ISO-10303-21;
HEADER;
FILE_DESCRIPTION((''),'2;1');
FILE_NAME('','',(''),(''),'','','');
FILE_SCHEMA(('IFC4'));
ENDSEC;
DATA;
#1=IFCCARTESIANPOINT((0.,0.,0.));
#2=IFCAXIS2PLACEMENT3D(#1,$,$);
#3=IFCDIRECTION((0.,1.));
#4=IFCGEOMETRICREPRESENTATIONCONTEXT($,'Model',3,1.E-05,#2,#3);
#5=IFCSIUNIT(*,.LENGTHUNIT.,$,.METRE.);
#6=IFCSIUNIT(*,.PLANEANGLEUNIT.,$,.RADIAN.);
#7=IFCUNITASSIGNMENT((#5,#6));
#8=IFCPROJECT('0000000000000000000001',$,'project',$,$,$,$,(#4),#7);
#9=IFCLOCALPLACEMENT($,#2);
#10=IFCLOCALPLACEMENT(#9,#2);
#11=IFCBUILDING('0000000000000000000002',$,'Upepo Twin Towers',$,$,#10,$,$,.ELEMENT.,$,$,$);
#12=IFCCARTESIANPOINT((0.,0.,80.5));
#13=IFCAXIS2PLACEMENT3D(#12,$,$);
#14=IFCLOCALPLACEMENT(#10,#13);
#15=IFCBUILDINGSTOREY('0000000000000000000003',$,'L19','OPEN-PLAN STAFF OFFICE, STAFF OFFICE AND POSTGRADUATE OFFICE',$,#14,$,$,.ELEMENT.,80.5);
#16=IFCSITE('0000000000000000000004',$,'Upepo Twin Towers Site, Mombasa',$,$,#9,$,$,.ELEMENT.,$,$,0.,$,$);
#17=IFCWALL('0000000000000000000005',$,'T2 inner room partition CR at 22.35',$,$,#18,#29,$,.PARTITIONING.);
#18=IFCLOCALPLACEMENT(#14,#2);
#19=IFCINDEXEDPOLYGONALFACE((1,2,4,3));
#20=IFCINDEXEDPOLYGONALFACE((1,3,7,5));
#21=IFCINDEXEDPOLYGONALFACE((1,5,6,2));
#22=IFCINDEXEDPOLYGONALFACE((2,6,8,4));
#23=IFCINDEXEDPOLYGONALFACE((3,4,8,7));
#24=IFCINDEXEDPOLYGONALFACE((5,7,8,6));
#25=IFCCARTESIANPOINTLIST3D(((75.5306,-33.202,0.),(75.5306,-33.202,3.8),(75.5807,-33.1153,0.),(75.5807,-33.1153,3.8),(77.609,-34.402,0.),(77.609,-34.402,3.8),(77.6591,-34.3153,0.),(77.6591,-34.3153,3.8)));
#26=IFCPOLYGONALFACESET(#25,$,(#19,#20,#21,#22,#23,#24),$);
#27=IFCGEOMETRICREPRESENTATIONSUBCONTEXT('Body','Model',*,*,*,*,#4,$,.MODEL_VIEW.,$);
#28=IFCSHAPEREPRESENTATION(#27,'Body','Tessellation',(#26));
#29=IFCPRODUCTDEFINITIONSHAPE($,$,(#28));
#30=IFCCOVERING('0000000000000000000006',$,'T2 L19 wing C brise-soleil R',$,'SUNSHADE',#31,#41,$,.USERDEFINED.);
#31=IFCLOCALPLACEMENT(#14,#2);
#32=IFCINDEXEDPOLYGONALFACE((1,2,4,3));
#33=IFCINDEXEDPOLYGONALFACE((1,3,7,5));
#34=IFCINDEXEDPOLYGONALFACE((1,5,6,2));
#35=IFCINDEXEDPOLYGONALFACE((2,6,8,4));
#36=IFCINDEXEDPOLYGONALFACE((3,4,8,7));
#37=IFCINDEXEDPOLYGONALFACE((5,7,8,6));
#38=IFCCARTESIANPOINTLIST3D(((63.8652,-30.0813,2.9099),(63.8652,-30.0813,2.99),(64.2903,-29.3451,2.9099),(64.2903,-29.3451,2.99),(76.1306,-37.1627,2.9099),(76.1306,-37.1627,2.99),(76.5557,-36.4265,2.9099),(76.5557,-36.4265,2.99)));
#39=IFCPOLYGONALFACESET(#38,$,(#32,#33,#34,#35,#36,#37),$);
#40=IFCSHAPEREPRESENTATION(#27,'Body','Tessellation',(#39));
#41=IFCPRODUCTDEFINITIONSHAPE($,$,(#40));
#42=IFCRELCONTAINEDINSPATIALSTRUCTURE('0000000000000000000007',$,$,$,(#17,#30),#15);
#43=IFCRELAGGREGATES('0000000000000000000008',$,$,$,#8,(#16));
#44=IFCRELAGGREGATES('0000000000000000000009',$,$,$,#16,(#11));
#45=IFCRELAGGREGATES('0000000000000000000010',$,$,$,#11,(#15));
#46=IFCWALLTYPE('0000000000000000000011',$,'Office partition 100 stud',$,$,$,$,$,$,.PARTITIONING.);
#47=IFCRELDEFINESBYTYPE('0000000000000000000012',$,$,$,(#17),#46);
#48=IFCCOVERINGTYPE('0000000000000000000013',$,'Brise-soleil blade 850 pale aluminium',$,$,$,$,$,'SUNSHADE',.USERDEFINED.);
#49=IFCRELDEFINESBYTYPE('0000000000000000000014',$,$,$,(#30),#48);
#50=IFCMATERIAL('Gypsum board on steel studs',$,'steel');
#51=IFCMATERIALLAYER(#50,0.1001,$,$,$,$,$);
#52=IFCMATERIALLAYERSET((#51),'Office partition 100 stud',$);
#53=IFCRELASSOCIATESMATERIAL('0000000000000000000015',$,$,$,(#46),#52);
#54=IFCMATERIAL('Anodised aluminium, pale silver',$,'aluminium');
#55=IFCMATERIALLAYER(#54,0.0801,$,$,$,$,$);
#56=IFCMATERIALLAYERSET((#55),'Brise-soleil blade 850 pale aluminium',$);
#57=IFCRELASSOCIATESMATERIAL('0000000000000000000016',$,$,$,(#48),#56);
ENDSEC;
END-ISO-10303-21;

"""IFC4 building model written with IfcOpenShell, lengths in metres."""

from ifc_helpers import new_model, si_unit, direction, frame, frame_2d, origin, origin_2d, place, context, subcontext, project, spatial, rectangle, extrude, material, layer, layer_set, type_object, element, save


model = new_model("IFC4")

# Units and contexts
model_context = context("Model", 3, precision=1e-05, world=origin(), true_north=direction((0.0, 1.0)))
body_context = subcontext(model_context, "Body", "Model", "MODEL_VIEW")
ifc_project = project(units=[si_unit("LENGTHUNIT", "METRE"), si_unit("PLANEANGLEUNIT", "RADIAN")], contexts=[model_context])

# Site, building, storey
site_placement = place(None, origin())
site = spatial("IfcSite", under=ifc_project, at=site_placement, Name="Upepo Twin Towers Site, Mombasa", CompositionType="ELEMENT", RefElevation=0.0)
building_placement = place(site_placement, origin())
building = spatial("IfcBuilding", under=site, at=building_placement, Name="Upepo Twin Towers", CompositionType="ELEMENT")
storey_placement = place(building_placement, frame((0.0, 0.0, 80.5)))
storey = spatial("IfcBuildingStorey", under=building, at=storey_placement, Name="L19", Description="OPEN-PLAN STAFF OFFICE, STAFF OFFICE AND POSTGRADUATE OFFICE", CompositionType="ELEMENT", Elevation=80.5)

# Wall
ifc_material_1 = material(Name="Gypsum board on steel studs", Category="steel")
ifc_layer_1 = layer(ifc_material_1, 0.1001)
ifc_layer_set_1 = layer_set([ifc_layer_1], Name="Office partition 100 stud")
wall_type_1 = type_object("IfcWallType", Name="Office partition 100 stud", PredefinedType="PARTITIONING", material=ifc_layer_set_1)
wall_1_placement = place(storey_placement, frame((75.5557, -33.1587, 0.0), z_axis=(0.0, 0.0, 1.0), x_axis=(0.866025, -0.500001, 0.0)))
element("IfcWall", 1, at=wall_1_placement, inside=storey, type_object=wall_type_1, Name="T2 inner room partition CR at 22.35", PredefinedType="PARTITIONING", context=body_context, shape_type="SweptSolid", body=[
    extrude(rectangle(XDim=2.3999, YDim=0.1001, at=frame_2d((1.2, 0.0))), origin(), (0.0, 0.0, 1.0), 3.8),
])

# Covering
ifc_material_2 = material(Name="Anodised aluminium, pale silver", Category="aluminium")
ifc_layer_2 = layer(ifc_material_2, 0.0801)
ifc_layer_set_2 = layer_set([ifc_layer_2], Name="Brise-soleil blade 850 pale aluminium")
covering_type = type_object("IfcCoveringType", Name="Brise-soleil blade 850 pale aluminium", ElementType="SUNSHADE", PredefinedType="USERDEFINED", material=ifc_layer_set_2)
covering_placement = place(storey_placement, frame((70.2104, -33.2539, 2.9099), z_axis=(0.0, 0.0, 1.0), x_axis=(0.866025, -0.5, 0.0)))
element("IfcCovering", 2, at=covering_placement, inside=storey, type_object=covering_type, Name="T2 L19 wing C brise-soleil R", ObjectType="SUNSHADE", PredefinedType="USERDEFINED", context=body_context, shape_type="SweptSolid", body=[
    extrude(rectangle(XDim=14.1628, YDim=0.8501, at=origin_2d()), origin(), (0.0, 0.0, 1.0), 0.0801),
])

save(model, "model.ifc")
